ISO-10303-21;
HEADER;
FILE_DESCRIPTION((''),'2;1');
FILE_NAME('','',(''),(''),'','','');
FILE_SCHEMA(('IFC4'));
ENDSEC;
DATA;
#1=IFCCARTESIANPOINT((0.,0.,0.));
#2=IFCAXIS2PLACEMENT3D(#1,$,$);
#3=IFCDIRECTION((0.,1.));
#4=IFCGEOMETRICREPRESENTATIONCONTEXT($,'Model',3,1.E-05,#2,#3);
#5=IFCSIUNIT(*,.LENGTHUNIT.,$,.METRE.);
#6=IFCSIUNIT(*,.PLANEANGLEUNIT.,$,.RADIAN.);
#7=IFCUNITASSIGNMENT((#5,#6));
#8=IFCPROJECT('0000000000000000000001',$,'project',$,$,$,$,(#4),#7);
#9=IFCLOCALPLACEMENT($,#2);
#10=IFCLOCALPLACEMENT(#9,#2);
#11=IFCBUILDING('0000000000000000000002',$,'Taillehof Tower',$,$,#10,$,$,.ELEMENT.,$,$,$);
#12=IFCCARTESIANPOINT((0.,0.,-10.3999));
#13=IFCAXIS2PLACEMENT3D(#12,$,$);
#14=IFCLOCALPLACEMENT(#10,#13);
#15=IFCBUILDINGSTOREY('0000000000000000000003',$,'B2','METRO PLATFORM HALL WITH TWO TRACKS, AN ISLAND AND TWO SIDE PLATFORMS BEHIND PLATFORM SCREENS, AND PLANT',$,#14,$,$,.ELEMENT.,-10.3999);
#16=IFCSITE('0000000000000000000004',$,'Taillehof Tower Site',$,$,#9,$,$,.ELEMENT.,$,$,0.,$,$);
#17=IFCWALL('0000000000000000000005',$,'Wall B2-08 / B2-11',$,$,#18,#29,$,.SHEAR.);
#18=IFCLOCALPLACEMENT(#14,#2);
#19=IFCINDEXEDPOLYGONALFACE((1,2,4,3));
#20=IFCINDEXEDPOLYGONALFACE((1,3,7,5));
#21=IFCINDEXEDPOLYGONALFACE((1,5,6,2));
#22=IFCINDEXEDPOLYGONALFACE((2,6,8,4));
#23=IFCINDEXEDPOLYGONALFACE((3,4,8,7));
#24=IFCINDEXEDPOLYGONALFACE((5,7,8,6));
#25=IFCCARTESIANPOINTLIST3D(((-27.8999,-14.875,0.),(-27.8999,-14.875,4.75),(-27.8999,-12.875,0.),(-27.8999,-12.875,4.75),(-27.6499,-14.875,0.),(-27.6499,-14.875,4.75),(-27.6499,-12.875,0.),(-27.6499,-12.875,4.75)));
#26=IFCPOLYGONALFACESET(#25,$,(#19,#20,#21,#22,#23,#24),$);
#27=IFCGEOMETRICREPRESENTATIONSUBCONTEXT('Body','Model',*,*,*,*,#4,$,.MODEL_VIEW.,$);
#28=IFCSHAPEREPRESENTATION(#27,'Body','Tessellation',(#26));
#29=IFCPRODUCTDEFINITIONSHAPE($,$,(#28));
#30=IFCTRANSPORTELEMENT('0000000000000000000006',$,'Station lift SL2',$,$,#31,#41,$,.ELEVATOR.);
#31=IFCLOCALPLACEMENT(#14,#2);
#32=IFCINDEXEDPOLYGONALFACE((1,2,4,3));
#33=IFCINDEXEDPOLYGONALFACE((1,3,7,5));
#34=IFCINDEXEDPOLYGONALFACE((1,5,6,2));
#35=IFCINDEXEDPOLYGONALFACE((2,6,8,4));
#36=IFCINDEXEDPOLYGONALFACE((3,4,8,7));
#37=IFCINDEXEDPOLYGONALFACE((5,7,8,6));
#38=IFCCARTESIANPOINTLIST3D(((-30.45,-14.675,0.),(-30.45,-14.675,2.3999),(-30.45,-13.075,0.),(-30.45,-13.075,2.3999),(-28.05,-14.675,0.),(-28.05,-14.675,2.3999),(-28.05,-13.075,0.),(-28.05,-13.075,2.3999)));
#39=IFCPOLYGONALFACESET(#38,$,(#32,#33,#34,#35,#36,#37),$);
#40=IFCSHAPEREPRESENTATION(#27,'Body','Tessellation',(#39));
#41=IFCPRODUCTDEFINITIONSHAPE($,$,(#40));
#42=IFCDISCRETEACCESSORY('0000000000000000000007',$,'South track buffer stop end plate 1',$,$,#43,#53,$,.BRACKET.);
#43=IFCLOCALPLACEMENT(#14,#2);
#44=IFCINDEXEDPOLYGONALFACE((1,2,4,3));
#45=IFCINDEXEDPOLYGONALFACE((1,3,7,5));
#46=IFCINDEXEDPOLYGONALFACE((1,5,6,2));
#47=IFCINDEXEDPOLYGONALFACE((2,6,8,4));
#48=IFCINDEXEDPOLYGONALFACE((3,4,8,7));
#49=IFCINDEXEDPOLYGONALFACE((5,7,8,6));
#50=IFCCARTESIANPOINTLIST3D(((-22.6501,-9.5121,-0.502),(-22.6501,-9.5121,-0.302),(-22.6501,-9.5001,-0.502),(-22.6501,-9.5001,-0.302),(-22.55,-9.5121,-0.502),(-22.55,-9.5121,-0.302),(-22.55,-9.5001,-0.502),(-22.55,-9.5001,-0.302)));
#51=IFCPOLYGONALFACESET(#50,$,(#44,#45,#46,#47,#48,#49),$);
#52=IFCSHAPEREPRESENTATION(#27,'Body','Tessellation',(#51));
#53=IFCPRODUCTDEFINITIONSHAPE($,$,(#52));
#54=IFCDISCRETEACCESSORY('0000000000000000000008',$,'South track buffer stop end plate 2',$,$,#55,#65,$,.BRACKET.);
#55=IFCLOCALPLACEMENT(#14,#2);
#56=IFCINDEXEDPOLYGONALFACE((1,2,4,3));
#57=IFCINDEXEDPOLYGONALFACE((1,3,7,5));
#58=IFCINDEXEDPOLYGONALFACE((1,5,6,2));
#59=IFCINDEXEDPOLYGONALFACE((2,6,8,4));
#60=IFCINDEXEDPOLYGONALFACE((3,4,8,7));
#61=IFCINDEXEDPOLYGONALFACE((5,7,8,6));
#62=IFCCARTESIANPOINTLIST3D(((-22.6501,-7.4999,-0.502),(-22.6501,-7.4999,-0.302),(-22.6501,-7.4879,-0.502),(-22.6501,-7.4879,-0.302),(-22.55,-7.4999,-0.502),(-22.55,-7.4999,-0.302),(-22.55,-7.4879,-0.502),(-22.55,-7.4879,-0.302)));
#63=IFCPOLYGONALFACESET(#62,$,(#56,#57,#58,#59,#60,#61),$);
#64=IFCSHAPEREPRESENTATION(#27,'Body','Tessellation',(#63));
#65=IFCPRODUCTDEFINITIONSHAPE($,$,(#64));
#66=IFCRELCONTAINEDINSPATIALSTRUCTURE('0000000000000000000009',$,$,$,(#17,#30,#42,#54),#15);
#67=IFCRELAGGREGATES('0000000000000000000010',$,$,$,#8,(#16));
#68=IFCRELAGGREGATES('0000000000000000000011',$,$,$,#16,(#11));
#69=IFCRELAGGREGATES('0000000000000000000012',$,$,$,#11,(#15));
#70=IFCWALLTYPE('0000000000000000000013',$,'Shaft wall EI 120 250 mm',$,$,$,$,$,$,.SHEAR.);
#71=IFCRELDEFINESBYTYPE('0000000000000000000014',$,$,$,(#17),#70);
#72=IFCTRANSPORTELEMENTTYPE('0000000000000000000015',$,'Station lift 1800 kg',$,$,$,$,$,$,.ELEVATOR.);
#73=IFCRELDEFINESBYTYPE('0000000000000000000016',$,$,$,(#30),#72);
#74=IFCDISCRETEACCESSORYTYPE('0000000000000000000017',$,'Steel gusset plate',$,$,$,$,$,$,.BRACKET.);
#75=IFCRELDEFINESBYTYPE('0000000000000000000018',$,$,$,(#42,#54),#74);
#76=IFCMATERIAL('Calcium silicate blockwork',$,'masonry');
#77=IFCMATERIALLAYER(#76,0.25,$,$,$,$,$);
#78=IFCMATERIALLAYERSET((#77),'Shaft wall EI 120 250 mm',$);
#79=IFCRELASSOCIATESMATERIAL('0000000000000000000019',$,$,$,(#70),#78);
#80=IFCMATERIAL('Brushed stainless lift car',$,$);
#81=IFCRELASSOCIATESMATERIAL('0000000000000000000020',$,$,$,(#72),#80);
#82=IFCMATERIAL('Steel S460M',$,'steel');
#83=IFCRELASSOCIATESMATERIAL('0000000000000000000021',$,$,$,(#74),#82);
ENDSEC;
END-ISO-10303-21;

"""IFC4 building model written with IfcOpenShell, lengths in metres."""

from ifc_helpers import new_model, si_unit, direction, frame, frame_2d, origin, origin_2d, place, context, subcontext, project, spatial, rectangle, extrude, material, layer, layer_set, type_object, element, save


model = new_model("IFC4")

# Units and contexts
model_context = context("Model", 3, precision=1e-05, world=origin(), true_north=direction((0.0, 1.0)))
body_context = subcontext(model_context, "Body", "Model", "MODEL_VIEW")
ifc_project = project(units=[si_unit("LENGTHUNIT", "METRE"), si_unit("PLANEANGLEUNIT", "RADIAN")], contexts=[model_context])

# Site, building, storey
site_placement = place(None, origin())
site = spatial("IfcSite", under=ifc_project, at=site_placement, Name="Taillehof Tower Site", CompositionType="ELEMENT", RefElevation=0.0)
building_placement = place(site_placement, origin())
building = spatial("IfcBuilding", under=site, at=building_placement, Name="Taillehof Tower", CompositionType="ELEMENT")
storey_placement = place(building_placement, frame((0.0, 0.0, -10.3999)))
storey = spatial("IfcBuildingStorey", under=building, at=storey_placement, Name="B2", Description="METRO PLATFORM HALL WITH TWO TRACKS, AN ISLAND AND TWO SIDE PLATFORMS BEHIND PLATFORM SCREENS, AND PLANT", CompositionType="ELEMENT", Elevation=-10.3999)

# Shared definitions
ifc_material_1 = material(Name="Calcium silicate blockwork", Category="masonry")
ifc_layer_1 = layer(ifc_material_1, 0.25)
ifc_layer_set_1 = layer_set([ifc_layer_1], Name="Shaft wall EI 120 250 mm")
wall_type_1 = type_object("IfcWallType", Name="Shaft wall EI 120 250 mm", PredefinedType="SHEAR", material=ifc_layer_set_1)

# Wall
wall_1_placement = place(storey_placement, frame((-27.7749, -14.875, 0.0), z_axis=(0.0, 0.0, 1.0), x_axis=(0.0, 1.0, 0.0)))
element("IfcWall", 1, at=wall_1_placement, inside=storey, type_object=wall_type_1, Name="Wall B2-08 / B2-11", PredefinedType="SHEAR", context=body_context, shape_type="SweptSolid", body=[
    extrude(rectangle(XDim=2.0, YDim=0.25, at=frame_2d((1.0, 0.0))), origin(), (0.0, 0.0, 1.0), 4.75),
])

# Transport element
ifc_material_2 = material(Name="Brushed stainless lift car")
transport_element_type = type_object("IfcTransportElementType", Name="Station lift 1800 kg", PredefinedType="ELEVATOR", material=ifc_material_2)
transport_element_placement = place(storey_placement, frame((-29.25, -13.875, 0.0), z_axis=(0.0, 0.0, 1.0), x_axis=(1.0, 0.0, 0.0)))
element("IfcTransportElement", 2, at=transport_element_placement, inside=storey, type_object=transport_element_type, Name="Station lift SL2", PredefinedType="ELEVATOR", context=body_context, shape_type="SweptSolid", body=[
    extrude(rectangle(XDim=2.3999, YDim=1.6001, at=origin_2d()), origin(), (0.0, 0.0, 1.0), 2.3999),
])

# Discrete accessories
ifc_material_3 = material(Name="Steel S460M", Category="steel")
discrete_accessory_type = type_object("IfcDiscreteAccessoryType", Name="Steel gusset plate", PredefinedType="BRACKET", material=ifc_material_3)
for number, where, z_axis, x_axis, name in (
    (3, (-22.6001, -9.5061, -0.502), (0.0, 0.0, 1.0), (1.0, 0.0, 0.0), "South track buffer stop end plate 1"),
    (4, (-22.6001, -7.4939, -0.502), (0.0, 0.0, 1.0), (1.0, 0.0, 0.0), "South track buffer stop end plate 2"),
):
    element("IfcDiscreteAccessory", number, at=place(storey_placement, frame(where, z_axis=z_axis, x_axis=x_axis)), inside=storey, type_object=discrete_accessory_type, Name=name, PredefinedType="BRACKET", context=body_context, shape_type="SweptSolid", body=[
        extrude(rectangle(XDim=0.1001, YDim=0.012, at=origin_2d()), origin(), (0.0, 0.0, 1.0), 0.2),
    ])

save(model, "model.ifc")
